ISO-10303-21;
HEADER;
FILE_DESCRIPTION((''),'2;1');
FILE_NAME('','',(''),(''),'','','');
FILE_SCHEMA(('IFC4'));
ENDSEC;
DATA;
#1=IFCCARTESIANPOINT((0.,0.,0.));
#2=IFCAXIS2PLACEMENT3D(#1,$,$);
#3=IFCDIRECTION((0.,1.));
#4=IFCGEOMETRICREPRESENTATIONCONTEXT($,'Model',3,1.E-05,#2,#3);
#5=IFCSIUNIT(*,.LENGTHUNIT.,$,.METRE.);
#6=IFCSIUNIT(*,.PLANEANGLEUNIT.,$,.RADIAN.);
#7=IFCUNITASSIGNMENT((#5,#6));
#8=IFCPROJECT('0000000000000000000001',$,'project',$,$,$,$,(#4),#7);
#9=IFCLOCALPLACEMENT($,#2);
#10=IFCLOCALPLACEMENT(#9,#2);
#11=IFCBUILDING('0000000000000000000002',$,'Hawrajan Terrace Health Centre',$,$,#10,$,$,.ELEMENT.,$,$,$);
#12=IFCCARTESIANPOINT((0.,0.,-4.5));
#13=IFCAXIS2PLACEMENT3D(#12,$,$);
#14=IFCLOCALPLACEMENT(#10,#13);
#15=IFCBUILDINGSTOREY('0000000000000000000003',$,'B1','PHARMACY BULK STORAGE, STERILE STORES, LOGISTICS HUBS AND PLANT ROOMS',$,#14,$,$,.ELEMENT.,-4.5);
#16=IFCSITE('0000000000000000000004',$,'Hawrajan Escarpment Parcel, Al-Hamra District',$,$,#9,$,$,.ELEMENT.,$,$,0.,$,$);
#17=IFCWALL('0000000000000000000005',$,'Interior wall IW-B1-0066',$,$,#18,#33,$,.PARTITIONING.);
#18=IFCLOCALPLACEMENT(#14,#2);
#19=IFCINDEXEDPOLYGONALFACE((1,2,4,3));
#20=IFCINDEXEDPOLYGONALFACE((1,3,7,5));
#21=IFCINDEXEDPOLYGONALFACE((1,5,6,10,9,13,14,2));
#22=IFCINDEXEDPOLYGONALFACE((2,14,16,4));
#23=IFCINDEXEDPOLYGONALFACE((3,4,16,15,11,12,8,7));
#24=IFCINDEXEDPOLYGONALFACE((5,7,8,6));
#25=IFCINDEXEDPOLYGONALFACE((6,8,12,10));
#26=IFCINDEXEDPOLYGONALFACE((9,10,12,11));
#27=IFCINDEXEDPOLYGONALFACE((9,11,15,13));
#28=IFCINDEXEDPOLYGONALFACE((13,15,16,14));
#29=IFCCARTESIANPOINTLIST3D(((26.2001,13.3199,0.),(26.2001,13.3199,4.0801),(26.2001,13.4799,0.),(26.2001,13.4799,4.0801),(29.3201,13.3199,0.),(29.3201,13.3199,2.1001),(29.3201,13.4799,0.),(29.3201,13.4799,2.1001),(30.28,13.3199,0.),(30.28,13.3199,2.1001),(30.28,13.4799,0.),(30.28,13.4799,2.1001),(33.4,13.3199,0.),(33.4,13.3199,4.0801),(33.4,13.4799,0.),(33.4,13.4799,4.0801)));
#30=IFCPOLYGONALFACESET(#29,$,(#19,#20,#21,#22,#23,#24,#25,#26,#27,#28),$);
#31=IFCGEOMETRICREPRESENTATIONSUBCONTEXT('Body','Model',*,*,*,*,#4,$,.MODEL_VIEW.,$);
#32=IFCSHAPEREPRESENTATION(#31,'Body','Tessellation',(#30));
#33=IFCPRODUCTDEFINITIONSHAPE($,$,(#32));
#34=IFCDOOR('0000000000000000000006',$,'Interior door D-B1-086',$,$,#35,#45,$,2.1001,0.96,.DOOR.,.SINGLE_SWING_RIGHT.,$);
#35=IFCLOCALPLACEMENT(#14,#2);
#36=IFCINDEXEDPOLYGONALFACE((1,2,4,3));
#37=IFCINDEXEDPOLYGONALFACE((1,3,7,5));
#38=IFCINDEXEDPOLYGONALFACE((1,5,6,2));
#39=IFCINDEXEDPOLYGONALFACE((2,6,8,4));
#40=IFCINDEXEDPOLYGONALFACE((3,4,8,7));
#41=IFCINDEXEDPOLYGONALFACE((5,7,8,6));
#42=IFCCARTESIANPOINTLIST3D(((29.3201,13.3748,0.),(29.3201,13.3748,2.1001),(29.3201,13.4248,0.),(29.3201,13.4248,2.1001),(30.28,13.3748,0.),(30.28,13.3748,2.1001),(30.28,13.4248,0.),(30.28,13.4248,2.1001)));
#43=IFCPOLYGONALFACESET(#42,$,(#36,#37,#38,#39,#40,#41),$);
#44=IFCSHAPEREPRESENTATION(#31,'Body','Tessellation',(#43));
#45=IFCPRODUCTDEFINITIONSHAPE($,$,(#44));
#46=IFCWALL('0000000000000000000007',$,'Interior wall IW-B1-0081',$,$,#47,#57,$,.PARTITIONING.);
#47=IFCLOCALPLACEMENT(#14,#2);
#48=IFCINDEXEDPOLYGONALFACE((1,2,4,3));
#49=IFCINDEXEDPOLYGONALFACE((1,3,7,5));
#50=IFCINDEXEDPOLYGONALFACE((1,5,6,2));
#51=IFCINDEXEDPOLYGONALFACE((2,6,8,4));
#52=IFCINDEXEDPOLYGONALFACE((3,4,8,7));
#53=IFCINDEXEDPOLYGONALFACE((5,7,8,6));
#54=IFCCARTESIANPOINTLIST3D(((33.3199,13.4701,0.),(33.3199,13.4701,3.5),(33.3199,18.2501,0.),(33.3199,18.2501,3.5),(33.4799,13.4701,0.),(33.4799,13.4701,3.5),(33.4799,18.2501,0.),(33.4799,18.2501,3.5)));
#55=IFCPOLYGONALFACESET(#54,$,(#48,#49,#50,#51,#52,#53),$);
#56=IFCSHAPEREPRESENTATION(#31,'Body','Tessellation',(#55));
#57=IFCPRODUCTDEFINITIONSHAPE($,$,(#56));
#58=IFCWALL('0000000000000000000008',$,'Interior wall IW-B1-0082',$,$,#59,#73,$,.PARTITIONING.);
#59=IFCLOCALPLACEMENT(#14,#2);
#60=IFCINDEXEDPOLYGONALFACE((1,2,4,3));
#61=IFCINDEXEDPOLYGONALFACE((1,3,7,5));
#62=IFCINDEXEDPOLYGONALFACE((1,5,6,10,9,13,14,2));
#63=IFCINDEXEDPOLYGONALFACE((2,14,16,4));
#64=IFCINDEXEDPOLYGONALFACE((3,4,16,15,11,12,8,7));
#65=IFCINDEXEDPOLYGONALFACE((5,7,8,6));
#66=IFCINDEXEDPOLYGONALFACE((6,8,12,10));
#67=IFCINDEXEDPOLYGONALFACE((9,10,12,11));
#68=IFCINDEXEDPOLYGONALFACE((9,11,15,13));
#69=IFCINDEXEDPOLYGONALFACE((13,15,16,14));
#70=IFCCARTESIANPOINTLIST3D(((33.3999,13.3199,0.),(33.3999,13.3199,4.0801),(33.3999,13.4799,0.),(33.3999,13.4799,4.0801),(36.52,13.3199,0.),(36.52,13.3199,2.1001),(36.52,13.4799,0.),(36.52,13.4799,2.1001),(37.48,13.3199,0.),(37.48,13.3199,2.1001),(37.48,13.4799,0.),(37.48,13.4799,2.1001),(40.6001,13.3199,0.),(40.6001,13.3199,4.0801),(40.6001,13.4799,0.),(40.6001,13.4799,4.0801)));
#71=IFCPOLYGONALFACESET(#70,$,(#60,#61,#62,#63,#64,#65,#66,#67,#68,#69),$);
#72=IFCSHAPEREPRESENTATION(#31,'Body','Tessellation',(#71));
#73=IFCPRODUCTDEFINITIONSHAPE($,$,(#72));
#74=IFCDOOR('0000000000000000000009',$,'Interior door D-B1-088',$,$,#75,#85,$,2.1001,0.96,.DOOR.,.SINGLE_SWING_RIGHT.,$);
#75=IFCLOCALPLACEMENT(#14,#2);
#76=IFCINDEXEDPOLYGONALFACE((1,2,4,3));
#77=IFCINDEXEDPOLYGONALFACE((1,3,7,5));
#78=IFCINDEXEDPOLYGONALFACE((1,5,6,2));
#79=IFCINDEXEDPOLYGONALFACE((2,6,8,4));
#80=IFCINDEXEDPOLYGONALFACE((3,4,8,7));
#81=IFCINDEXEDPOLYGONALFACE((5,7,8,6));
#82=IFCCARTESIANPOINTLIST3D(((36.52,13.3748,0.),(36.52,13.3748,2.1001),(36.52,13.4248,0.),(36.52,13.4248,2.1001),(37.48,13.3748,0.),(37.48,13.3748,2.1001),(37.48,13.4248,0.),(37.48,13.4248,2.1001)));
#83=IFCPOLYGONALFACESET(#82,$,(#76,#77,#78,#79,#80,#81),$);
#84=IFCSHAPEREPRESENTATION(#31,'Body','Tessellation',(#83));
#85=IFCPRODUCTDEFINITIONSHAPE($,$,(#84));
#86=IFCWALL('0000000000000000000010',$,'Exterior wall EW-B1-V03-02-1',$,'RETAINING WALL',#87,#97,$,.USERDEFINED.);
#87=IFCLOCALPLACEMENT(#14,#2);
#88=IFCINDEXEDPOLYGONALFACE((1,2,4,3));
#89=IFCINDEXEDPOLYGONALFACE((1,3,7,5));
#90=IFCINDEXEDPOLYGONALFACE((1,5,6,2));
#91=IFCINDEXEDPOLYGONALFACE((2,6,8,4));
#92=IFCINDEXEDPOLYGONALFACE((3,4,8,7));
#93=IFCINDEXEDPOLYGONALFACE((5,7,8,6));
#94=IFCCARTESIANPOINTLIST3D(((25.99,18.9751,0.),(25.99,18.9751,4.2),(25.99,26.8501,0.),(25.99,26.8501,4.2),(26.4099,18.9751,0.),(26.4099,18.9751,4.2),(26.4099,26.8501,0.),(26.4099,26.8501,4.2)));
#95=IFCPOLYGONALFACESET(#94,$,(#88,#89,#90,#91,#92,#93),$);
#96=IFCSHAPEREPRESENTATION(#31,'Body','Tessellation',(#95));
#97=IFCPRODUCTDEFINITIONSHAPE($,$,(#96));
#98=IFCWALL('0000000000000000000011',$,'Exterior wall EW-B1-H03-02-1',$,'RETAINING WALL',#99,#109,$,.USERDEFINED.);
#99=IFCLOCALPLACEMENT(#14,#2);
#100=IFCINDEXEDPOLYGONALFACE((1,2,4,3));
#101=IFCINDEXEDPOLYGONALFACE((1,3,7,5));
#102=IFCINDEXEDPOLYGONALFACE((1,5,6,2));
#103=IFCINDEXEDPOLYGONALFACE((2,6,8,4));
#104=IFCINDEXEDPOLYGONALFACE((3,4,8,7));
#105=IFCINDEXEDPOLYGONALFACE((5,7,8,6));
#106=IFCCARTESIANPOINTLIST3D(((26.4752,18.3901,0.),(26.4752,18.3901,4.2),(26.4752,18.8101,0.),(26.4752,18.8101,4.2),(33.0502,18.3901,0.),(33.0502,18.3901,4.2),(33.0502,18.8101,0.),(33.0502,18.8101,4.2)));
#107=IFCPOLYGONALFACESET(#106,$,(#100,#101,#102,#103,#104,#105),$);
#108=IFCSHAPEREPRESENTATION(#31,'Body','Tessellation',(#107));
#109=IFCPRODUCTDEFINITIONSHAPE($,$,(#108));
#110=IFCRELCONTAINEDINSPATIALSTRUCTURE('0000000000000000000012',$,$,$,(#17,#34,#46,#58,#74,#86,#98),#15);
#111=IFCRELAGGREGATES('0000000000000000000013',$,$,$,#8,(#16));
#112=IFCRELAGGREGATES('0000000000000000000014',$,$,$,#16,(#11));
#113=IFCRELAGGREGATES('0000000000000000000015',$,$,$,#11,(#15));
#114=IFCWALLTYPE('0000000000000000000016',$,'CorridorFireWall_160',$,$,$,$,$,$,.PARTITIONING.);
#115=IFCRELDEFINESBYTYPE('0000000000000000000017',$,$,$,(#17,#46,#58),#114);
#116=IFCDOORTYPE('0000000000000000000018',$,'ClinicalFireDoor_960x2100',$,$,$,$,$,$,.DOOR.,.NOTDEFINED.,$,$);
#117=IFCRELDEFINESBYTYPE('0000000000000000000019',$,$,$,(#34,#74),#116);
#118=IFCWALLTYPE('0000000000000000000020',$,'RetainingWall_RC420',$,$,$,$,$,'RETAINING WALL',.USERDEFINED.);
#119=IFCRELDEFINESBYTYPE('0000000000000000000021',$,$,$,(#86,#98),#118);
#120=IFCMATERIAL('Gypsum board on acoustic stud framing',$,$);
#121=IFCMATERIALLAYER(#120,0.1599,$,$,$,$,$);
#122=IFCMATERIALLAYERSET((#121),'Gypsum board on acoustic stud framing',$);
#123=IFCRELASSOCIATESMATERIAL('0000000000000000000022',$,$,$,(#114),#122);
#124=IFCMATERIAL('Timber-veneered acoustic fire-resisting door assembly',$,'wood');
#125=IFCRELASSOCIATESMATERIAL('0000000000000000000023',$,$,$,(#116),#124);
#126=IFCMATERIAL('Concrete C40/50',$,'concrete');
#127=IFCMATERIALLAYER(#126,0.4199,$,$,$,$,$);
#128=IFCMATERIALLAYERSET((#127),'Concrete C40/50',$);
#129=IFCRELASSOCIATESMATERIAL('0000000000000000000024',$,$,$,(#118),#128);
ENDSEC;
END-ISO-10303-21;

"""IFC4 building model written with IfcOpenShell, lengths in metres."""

from ifc_helpers import new_model, si_unit, direction, frame, frame_2d, origin, place, context, subcontext, project, spatial, rectangle, extrude, material, layer, layer_set, type_object, element, fill, save


model = new_model("IFC4")

# Units and contexts
model_context = context("Model", 3, precision=1e-05, world=origin(), true_north=direction((0.0, 1.0)))
body_context = subcontext(model_context, "Body", "Model", "MODEL_VIEW")
ifc_project = project(units=[si_unit("LENGTHUNIT", "METRE"), si_unit("PLANEANGLEUNIT", "RADIAN")], contexts=[model_context])

# Site, building, storey
site_placement = place(None, origin())
site = spatial("IfcSite", under=ifc_project, at=site_placement, Name="Hawrajan Escarpment Parcel, Al-Hamra District", CompositionType="ELEMENT", RefElevation=0.0)
building_placement = place(site_placement, origin())
building = spatial("IfcBuilding", under=site, at=building_placement, Name="Hawrajan Terrace Health Centre", CompositionType="ELEMENT")
storey_placement = place(building_placement, frame((0.0, 0.0, -4.5)))
storey = spatial("IfcBuildingStorey", under=building, at=storey_placement, Name="B1", Description="PHARMACY BULK STORAGE, STERILE STORES, LOGISTICS HUBS AND PLANT ROOMS", CompositionType="ELEMENT", Elevation=-4.5)

# Shared definitions
ifc_material_1 = material(Name="Concrete C40/50", Category="concrete")

# Shared definitions
ifc_material_2 = material(Name="Gypsum board on acoustic stud framing")
ifc_layer_1 = layer(ifc_material_2, 0.1599)
ifc_layer_set_1 = layer_set([ifc_layer_1], Name="Gypsum board on acoustic stud framing")
wall_type_1 = type_object("IfcWallType", Name="CorridorFireWall_160", PredefinedType="PARTITIONING", material=ifc_layer_set_1)
ifc_material_3 = material(Name="Timber-veneered acoustic fire-resisting door assembly", Category="wood")
door_type = type_object("IfcDoorType", Name="ClinicalFireDoor_960x2100", OperationType="NOTDEFINED", PredefinedType="DOOR", material=ifc_material_3)

# Wall, opening, door
wall_1_placement = place(storey_placement, frame((26.2, 13.3999, 0.0), z_axis=(0.0, 0.0, 1.0), x_axis=(1.0, 0.0, 0.0)))
wall_1 = element("IfcWall", 1, at=wall_1_placement, inside=storey, type_object=wall_type_1, Name="Interior wall IW-B1-0066", PredefinedType="PARTITIONING", context=body_context, shape_type="SweptSolid", body=[
    extrude(rectangle(XDim=7.2, YDim=0.1599, at=frame_2d((3.6001, 0.0))), origin(), (0.0, 0.0, 1.0), 4.0801),
])
opening_1_placement = place(wall_1_placement, frame((3.1201, 0.0, 0.0)))
opening_1 = element("IfcOpeningElement", 2, at=opening_1_placement, cuts=wall_1, PredefinedType="OPENING", context=body_context, shape_type="SweptSolid", body=[
    extrude(rectangle(XDim=0.96, YDim=2.1001, at=frame_2d((0.48, 1.05))), frame((0.0, 0.0898, 0.0), z_axis=(0.0, -1.0, 0.0), x_axis=(1.0, 0.0, 0.0)), (0.0, 0.0, 1.0), 0.1799),
])
door_1_placement = place(opening_1_placement, origin())
door_1 = element("IfcDoor", 3, at=door_1_placement, inside=storey, type_object=door_type, Name="Interior door D-B1-086", OperationType="SINGLE_SWING_RIGHT", OverallHeight=2.1001, OverallWidth=0.96, PredefinedType="DOOR", context=body_context, shape_type="SweptSolid", body=[
    extrude(rectangle(XDim=0.96, YDim=2.1001, at=frame_2d((0.48, 1.05))), frame((0.0, 0.0249, 0.0), z_axis=(0.0, -1.0, 0.0), x_axis=(1.0, 0.0, 0.0)), (0.0, 0.0, 1.0), 0.05),
])
fill(opening_1, door_1)

# Wall
wall_2_placement = place(storey_placement, frame((33.3999, 13.47, 0.0), z_axis=(0.0, 0.0, 1.0), x_axis=(0.0, 1.0, 0.0)))
element("IfcWall", 4, at=wall_2_placement, inside=storey, type_object=wall_type_1, Name="Interior wall IW-B1-0081", PredefinedType="PARTITIONING", context=body_context, shape_type="SweptSolid", body=[
    extrude(rectangle(XDim=4.78, YDim=0.1599, at=frame_2d((2.3901, 0.0))), origin(), (0.0, 0.0, 1.0), 3.5),
])

# Wall, opening, door
wall_3_placement = place(storey_placement, frame((33.3999, 13.3999, 0.0), z_axis=(0.0, 0.0, 1.0), x_axis=(1.0, 0.0, 0.0)))
wall_3 = element("IfcWall", 5, at=wall_3_placement, inside=storey, type_object=wall_type_1, Name="Interior wall IW-B1-0082", PredefinedType="PARTITIONING", context=body_context, shape_type="SweptSolid", body=[
    extrude(rectangle(XDim=7.2002, YDim=0.1599, at=frame_2d((3.6001, 0.0))), origin(), (0.0, 0.0, 1.0), 4.0801),
])
opening_2_placement = place(wall_3_placement, frame((3.1201, 0.0, 0.0)))
opening_2 = element("IfcOpeningElement", 6, at=opening_2_placement, cuts=wall_3, PredefinedType="OPENING", context=body_context, shape_type="SweptSolid", body=[
    extrude(rectangle(XDim=0.96, YDim=2.1001, at=frame_2d((0.48, 1.05))), frame((0.0, 0.0898, 0.0), z_axis=(0.0, -1.0, 0.0), x_axis=(1.0, 0.0, 0.0)), (0.0, 0.0, 1.0), 0.1799),
])
door_2_placement = place(opening_2_placement, origin())
door_2 = element("IfcDoor", 7, at=door_2_placement, inside=storey, type_object=door_type, Name="Interior door D-B1-088", OperationType="SINGLE_SWING_RIGHT", OverallHeight=2.1001, OverallWidth=0.96, PredefinedType="DOOR", context=body_context, shape_type="SweptSolid", body=[
    extrude(rectangle(XDim=0.96, YDim=2.1001, at=frame_2d((0.48, 1.05))), frame((0.0, 0.0249, 0.0), z_axis=(0.0, -1.0, 0.0), x_axis=(1.0, 0.0, 0.0)), (0.0, 0.0, 1.0), 0.05),
])
fill(opening_2, door_2)

# Walls
ifc_layer_2 = layer(ifc_material_1, 0.4199)
ifc_layer_set_2 = layer_set([ifc_layer_2], Name="Concrete C40/50")
wall_type_2 = type_object("IfcWallType", Name="RetainingWall_RC420", ElementType="RETAINING WALL", PredefinedType="USERDEFINED", material=ifc_layer_set_2)
wall_4_placement = place(storey_placement, frame((26.2, 18.9751, 0.0), z_axis=(0.0, 0.0, 1.0), x_axis=(0.0, 1.0, 0.0)))
element("IfcWall", 8, at=wall_4_placement, inside=storey, type_object=wall_type_2, Name="Exterior wall EW-B1-V03-02-1", ObjectType="RETAINING WALL", PredefinedType="USERDEFINED", context=body_context, shape_type="SweptSolid", body=[
    extrude(rectangle(XDim=7.875, YDim=0.4199, at=frame_2d((3.9375, 0.0))), origin(), (0.0, 0.0, 1.0), 4.2),
])
wall_5_placement = place(storey_placement, frame((26.4751, 18.6001, 0.0), z_axis=(0.0, 0.0, 1.0), x_axis=(1.0, 0.0, 0.0)))
element("IfcWall", 9, at=wall_5_placement, inside=storey, type_object=wall_type_2, Name="Exterior wall EW-B1-H03-02-1", ObjectType="RETAINING WALL", PredefinedType="USERDEFINED", context=body_context, shape_type="SweptSolid", body=[
    extrude(rectangle(XDim=6.575, YDim=0.4199, at=frame_2d((3.2876, 0.0))), origin(), (0.0, 0.0, 1.0), 4.2),
])

save(model, "model.ifc")
